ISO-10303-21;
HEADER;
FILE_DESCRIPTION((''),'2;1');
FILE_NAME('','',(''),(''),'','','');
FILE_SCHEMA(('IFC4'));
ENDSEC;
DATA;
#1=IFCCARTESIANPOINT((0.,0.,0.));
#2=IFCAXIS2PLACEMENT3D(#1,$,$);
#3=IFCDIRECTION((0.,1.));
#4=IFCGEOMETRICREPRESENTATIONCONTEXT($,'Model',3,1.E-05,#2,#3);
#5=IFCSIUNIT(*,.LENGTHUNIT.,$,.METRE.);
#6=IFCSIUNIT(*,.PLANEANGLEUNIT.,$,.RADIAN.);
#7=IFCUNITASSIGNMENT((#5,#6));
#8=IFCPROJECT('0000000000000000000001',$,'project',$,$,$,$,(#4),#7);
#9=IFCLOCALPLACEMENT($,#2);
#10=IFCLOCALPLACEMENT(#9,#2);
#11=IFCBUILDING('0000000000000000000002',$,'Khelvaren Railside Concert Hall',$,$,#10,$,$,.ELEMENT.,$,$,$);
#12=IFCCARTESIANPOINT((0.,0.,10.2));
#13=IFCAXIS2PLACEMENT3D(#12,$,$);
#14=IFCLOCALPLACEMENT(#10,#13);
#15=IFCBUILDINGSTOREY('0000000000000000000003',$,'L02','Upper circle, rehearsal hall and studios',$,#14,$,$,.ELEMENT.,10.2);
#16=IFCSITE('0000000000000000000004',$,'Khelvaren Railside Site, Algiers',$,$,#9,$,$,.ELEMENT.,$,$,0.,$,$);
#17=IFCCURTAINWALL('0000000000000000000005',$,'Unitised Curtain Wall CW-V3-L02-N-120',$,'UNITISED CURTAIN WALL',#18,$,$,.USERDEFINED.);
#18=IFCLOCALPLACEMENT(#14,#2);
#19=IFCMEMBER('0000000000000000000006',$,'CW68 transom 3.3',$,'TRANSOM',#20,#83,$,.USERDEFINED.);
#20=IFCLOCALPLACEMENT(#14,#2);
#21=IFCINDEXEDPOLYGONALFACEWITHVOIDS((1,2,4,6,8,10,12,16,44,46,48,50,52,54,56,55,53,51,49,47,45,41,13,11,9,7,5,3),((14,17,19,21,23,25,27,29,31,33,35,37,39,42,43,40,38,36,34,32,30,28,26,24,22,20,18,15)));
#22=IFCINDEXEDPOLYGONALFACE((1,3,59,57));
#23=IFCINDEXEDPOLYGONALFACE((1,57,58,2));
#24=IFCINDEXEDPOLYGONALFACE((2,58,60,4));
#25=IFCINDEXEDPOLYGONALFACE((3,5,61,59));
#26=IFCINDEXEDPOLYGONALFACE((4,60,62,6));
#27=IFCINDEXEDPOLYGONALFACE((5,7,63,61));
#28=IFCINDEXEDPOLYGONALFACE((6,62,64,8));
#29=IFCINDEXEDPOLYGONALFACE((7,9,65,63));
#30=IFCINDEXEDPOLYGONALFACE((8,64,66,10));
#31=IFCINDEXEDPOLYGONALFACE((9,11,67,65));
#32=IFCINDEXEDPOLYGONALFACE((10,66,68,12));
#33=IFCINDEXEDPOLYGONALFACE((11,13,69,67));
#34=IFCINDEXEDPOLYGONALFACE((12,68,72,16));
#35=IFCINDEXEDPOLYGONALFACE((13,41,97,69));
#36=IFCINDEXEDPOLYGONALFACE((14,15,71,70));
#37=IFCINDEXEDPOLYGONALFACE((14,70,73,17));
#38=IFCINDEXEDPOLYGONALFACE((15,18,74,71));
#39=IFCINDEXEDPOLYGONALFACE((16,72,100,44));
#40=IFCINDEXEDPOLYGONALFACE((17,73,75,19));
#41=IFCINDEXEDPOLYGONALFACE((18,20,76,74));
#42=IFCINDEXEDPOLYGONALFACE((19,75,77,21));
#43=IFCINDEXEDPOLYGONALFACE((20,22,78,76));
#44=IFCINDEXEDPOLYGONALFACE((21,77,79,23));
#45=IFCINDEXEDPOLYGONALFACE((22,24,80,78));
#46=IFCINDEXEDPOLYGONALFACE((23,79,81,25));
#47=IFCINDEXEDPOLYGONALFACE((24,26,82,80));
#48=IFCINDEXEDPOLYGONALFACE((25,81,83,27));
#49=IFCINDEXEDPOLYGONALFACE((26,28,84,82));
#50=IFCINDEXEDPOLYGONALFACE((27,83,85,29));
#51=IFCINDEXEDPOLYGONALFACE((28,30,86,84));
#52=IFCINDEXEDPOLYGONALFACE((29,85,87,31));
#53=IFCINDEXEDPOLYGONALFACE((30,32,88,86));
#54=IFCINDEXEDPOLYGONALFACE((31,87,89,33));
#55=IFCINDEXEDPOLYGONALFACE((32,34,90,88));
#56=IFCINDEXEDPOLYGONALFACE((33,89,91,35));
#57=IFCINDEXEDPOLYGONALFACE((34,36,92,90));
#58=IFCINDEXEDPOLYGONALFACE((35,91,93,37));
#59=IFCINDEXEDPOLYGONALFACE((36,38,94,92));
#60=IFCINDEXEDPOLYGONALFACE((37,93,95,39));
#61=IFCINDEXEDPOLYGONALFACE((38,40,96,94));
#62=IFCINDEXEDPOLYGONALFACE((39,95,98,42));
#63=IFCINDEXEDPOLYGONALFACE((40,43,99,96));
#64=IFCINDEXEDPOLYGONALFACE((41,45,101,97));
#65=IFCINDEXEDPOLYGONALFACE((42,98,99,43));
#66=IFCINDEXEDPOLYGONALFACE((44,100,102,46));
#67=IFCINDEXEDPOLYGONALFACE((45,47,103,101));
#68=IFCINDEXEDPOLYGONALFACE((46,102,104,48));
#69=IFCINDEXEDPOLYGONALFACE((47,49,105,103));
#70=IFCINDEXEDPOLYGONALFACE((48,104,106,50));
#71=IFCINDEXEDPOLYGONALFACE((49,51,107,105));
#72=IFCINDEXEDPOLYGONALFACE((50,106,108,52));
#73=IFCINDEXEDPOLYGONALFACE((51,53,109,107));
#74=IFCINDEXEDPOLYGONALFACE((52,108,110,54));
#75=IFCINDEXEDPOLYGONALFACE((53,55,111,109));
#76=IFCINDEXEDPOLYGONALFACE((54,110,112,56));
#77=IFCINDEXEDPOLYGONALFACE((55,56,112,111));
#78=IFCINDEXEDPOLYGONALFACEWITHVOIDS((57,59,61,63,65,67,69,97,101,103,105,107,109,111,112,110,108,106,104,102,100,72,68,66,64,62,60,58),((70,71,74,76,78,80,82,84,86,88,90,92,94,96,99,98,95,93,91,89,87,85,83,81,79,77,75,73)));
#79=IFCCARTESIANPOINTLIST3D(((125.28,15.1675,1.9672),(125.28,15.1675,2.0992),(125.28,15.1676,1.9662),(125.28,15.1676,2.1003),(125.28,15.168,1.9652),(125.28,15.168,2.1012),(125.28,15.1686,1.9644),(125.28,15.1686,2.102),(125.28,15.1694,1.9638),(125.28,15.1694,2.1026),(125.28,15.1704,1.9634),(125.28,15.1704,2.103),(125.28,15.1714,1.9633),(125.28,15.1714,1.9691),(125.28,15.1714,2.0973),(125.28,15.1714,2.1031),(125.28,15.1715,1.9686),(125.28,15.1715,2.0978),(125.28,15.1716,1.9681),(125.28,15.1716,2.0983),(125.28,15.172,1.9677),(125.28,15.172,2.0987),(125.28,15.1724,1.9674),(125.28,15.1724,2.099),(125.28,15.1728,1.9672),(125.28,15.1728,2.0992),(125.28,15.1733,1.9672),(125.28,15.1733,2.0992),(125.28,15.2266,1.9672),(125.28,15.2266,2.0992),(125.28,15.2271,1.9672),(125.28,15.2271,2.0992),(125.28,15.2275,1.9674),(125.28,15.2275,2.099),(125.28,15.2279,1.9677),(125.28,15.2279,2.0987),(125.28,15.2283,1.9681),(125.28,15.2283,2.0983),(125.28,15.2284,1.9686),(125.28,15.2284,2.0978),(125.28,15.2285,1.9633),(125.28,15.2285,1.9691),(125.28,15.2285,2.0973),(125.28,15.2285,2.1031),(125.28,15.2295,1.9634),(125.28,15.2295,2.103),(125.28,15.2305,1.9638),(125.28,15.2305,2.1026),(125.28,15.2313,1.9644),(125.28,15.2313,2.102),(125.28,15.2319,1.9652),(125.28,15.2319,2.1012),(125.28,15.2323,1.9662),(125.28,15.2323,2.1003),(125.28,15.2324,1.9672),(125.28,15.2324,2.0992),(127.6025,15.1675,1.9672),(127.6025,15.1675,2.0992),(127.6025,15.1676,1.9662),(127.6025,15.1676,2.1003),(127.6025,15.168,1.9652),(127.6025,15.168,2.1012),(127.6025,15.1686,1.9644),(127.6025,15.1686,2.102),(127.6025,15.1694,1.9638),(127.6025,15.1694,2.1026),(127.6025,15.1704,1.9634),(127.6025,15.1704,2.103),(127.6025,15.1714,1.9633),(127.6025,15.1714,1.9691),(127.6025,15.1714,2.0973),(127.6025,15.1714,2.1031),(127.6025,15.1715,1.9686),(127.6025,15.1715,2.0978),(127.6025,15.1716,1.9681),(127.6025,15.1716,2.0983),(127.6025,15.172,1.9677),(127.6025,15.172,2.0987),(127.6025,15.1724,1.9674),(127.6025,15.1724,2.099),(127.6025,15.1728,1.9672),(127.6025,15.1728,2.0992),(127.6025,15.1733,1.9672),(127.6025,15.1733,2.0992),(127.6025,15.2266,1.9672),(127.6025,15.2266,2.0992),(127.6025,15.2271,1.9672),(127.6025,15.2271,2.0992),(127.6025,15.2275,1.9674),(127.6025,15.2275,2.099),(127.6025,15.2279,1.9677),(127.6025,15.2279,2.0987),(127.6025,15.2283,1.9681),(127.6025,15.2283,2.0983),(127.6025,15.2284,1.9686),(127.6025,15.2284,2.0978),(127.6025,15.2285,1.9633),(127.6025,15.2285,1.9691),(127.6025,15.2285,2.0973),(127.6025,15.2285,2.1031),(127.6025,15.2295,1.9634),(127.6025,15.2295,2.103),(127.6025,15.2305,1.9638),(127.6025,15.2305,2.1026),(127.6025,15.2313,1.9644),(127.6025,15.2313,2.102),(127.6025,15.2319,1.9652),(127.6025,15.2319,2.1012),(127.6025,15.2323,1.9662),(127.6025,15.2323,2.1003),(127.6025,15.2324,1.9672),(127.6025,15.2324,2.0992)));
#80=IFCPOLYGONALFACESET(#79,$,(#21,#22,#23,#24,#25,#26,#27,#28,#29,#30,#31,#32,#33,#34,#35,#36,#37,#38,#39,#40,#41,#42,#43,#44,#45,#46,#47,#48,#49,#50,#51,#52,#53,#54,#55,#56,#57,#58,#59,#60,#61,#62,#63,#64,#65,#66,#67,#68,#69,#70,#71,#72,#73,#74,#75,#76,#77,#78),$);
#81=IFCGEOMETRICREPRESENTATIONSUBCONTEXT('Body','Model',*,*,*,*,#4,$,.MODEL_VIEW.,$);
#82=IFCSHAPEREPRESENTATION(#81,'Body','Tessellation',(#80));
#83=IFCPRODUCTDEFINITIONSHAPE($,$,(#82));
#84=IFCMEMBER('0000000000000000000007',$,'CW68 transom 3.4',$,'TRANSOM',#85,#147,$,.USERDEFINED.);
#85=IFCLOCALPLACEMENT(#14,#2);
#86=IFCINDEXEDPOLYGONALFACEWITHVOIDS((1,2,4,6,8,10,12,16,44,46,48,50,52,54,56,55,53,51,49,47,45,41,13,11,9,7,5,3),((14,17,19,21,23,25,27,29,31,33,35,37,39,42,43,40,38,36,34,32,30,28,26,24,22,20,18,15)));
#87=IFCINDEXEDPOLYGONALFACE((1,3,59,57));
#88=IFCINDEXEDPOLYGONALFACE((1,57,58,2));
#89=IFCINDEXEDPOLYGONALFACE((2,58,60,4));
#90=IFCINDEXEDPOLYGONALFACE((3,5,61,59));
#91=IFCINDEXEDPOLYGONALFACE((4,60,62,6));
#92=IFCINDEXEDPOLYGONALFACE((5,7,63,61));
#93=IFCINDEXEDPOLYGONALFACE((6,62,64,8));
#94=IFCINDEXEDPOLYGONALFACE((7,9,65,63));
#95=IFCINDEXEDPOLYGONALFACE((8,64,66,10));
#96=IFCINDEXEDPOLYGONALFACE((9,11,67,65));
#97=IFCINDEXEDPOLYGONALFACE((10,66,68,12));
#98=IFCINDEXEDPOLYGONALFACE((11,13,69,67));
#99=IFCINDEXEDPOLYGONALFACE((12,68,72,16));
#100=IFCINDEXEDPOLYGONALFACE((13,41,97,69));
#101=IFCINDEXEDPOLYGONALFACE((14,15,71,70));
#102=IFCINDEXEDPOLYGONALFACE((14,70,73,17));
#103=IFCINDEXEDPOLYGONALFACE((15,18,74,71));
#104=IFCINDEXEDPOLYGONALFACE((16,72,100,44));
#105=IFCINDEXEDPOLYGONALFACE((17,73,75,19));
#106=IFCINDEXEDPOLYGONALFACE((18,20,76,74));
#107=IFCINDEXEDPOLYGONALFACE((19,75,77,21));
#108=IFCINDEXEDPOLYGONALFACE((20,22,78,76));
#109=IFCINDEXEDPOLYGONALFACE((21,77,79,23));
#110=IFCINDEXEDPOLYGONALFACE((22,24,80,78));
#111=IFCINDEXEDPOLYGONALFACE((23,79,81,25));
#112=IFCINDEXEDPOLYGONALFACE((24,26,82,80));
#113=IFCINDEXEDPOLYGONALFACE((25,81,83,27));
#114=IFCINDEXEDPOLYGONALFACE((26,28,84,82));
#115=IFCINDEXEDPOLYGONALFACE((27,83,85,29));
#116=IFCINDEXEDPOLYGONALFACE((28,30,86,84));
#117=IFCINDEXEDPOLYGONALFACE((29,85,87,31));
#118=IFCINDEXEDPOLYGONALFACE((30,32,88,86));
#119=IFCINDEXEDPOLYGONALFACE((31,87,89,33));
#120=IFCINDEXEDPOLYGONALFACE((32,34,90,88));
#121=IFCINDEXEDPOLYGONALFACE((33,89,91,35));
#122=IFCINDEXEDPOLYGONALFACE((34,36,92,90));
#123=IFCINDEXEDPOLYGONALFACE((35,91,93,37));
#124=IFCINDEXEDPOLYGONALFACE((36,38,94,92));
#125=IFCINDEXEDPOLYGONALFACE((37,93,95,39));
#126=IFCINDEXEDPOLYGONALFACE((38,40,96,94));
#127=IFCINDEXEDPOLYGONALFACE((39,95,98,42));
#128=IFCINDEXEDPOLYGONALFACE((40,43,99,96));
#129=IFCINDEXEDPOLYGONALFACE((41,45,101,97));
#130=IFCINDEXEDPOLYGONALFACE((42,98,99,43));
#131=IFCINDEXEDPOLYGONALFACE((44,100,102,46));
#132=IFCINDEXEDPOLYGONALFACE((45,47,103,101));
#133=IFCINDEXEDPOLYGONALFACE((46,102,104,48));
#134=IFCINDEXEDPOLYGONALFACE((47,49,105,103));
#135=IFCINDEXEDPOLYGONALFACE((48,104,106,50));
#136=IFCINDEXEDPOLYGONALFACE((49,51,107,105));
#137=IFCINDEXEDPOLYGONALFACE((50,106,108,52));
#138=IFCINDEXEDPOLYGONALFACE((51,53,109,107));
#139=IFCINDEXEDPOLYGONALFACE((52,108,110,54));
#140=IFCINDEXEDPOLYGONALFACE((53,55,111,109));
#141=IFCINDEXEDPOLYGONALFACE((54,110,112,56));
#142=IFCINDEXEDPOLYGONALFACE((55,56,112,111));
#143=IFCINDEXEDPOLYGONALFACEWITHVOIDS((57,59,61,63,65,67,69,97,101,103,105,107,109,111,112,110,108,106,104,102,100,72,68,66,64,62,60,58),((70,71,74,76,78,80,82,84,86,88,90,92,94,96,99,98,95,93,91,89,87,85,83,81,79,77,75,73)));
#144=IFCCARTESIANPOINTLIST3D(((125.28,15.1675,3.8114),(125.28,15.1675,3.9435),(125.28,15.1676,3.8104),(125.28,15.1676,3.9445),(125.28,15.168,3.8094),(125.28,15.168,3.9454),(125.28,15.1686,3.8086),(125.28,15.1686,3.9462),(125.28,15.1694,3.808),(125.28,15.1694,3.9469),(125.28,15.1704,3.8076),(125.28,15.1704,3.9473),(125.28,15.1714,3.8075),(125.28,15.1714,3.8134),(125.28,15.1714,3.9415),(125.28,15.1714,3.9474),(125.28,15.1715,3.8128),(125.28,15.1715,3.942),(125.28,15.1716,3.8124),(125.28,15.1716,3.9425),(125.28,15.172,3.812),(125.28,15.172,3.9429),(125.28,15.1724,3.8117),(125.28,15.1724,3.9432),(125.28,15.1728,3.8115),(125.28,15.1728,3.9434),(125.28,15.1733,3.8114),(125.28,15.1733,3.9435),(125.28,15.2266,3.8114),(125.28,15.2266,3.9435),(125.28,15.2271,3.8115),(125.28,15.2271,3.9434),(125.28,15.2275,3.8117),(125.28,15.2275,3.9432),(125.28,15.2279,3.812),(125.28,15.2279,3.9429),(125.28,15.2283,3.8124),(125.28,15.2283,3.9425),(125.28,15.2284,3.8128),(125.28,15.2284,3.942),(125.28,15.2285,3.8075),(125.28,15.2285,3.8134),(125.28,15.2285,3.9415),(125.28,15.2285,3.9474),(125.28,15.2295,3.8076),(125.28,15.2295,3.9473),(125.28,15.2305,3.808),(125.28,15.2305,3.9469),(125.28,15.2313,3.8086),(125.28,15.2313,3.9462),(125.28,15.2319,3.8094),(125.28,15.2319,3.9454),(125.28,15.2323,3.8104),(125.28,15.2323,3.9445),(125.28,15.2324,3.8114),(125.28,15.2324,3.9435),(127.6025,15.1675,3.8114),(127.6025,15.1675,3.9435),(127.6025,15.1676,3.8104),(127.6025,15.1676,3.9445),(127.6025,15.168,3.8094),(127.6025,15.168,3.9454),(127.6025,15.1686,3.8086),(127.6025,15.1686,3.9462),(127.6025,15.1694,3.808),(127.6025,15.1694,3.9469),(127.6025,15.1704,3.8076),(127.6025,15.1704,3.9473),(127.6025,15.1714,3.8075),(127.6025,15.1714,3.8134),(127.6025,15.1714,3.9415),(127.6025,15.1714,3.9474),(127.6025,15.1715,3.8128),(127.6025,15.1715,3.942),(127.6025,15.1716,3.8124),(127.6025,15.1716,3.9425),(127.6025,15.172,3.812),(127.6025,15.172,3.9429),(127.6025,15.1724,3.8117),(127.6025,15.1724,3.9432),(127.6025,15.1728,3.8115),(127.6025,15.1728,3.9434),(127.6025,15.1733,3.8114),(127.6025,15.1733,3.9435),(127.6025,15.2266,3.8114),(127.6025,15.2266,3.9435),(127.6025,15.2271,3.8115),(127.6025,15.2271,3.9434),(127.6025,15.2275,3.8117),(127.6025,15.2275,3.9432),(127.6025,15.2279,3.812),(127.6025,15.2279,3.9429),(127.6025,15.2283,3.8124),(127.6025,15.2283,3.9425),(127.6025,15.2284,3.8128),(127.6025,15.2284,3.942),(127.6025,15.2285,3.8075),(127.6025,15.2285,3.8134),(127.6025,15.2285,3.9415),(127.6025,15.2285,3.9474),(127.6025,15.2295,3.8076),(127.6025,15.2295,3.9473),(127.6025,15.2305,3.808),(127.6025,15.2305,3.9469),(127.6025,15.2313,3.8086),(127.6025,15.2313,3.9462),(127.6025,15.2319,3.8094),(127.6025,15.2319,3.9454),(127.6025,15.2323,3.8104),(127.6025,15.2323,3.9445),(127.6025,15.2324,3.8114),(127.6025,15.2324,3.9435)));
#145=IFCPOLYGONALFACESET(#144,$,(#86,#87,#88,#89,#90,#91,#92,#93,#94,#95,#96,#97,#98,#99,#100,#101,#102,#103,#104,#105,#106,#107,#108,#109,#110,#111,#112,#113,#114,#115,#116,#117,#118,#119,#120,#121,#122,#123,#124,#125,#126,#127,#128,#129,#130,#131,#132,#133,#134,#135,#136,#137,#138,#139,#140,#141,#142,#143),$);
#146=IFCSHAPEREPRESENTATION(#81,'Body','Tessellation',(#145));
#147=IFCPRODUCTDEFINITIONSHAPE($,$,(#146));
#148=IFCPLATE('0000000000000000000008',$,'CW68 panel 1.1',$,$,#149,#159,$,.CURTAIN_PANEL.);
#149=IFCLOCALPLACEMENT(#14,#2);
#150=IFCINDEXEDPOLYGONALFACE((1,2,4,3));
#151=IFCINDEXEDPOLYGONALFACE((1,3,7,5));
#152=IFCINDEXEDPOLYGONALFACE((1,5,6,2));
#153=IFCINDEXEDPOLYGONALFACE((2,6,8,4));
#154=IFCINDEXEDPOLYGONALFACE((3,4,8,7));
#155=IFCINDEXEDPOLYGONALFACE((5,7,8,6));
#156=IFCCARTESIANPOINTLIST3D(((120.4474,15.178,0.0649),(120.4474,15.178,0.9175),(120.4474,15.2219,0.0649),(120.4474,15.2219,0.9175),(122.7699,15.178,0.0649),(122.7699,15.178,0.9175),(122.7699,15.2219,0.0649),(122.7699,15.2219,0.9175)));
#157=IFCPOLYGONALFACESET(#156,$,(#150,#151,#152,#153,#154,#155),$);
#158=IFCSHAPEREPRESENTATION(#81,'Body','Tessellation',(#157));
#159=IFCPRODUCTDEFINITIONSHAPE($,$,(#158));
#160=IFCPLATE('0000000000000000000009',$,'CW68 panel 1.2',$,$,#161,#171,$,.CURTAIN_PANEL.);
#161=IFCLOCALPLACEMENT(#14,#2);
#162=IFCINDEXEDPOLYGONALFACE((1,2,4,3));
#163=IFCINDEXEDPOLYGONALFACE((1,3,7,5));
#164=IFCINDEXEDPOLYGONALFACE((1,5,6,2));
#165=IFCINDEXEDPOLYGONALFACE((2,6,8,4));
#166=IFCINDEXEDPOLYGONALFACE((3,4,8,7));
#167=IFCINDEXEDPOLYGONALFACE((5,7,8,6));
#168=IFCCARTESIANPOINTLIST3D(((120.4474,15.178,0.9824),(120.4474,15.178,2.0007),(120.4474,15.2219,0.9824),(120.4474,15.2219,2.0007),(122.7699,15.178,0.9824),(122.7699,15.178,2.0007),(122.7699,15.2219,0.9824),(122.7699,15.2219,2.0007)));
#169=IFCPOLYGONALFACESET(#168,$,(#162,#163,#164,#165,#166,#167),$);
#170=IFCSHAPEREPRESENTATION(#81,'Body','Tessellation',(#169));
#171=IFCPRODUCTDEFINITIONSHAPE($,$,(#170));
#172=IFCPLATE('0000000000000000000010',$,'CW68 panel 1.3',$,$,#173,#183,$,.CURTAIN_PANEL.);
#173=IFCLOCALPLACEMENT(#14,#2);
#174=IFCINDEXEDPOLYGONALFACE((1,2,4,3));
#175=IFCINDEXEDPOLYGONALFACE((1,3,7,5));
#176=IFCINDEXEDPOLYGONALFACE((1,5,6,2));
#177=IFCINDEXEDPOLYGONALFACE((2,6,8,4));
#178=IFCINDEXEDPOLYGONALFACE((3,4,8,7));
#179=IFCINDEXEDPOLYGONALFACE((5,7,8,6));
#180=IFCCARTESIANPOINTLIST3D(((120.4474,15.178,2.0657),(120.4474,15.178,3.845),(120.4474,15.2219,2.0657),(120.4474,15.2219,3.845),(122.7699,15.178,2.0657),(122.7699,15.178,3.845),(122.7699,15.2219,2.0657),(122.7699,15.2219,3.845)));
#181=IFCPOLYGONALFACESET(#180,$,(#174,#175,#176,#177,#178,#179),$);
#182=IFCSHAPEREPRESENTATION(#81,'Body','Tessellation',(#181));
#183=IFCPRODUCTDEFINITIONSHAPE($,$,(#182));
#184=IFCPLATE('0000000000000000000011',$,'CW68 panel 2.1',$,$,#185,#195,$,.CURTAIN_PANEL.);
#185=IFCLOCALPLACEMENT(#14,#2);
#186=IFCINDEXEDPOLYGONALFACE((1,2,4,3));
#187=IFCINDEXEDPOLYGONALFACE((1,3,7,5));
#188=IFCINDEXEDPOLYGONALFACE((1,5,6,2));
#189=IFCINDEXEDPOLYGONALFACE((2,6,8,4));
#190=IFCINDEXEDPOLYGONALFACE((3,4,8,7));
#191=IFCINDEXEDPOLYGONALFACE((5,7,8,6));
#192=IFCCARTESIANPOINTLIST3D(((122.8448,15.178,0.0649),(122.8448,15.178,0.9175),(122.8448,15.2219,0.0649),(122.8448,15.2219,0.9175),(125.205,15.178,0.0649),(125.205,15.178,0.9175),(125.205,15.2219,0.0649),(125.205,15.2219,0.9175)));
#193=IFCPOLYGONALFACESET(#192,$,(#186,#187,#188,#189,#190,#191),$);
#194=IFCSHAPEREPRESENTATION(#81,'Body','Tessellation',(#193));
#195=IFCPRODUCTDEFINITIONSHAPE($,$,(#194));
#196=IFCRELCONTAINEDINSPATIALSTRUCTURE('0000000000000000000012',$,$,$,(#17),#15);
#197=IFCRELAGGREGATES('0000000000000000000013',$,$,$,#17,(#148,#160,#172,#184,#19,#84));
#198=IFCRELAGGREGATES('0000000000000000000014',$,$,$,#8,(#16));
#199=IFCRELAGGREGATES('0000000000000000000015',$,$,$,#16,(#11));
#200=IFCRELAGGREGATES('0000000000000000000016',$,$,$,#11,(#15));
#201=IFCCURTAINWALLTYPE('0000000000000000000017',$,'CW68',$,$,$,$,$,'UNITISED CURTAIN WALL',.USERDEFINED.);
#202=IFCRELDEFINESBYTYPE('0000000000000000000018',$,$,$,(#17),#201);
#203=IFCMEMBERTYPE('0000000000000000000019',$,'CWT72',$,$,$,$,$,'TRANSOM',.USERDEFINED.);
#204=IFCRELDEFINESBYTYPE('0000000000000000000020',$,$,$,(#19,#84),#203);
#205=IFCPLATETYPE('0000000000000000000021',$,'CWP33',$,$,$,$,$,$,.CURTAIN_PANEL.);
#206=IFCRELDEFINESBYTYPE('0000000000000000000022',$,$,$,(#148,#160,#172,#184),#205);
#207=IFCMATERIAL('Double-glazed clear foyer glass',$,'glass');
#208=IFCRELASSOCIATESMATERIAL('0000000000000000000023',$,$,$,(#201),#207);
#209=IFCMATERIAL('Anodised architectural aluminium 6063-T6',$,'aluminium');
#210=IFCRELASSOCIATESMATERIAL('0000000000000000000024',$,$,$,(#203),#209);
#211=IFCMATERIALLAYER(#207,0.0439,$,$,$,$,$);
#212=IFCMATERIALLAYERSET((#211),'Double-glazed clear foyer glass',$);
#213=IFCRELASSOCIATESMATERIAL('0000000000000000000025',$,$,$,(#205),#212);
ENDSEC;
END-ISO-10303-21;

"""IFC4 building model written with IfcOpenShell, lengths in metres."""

from ifc_helpers import new_model, si_unit, direction, frame, origin, origin_2d, place, context, subcontext, project, spatial, rectangle, hollow_rectangle, extrude, material, layer, layer_set, material_profile, profile_set, type_object, element, aggregate, save


model = new_model("IFC4")

# Units and contexts
model_context = context("Model", 3, precision=1e-05, world=origin(), true_north=direction((0.0, 1.0)))
body_context = subcontext(model_context, "Body", "Model", "MODEL_VIEW")
ifc_project = project(units=[si_unit("LENGTHUNIT", "METRE"), si_unit("PLANEANGLEUNIT", "RADIAN")], contexts=[model_context])

# Site, building, storey
site_placement = place(None, origin())
site = spatial("IfcSite", under=ifc_project, at=site_placement, Name="Khelvaren Railside Site, Algiers", CompositionType="ELEMENT", RefElevation=0.0)
building_placement = place(site_placement, origin())
building = spatial("IfcBuilding", under=site, at=building_placement, Name="Khelvaren Railside Concert Hall", CompositionType="ELEMENT")
storey_placement = place(building_placement, frame((0.0, 0.0, 10.2)))
storey = spatial("IfcBuildingStorey", under=building, at=storey_placement, Name="L02", Description="Upper circle, rehearsal hall and studios", CompositionType="ELEMENT", Elevation=10.2)

# Curtain wall, members, plates
ifc_material_1 = material(Name="Double-glazed clear foyer glass", Category="glass")
curtain_wall_type = type_object("IfcCurtainWallType", Name="CW68", ElementType="UNITISED CURTAIN WALL", PredefinedType="USERDEFINED", material=ifc_material_1)
curtain_wall_placement = place(storey_placement, origin())
curtain_wall = element("IfcCurtainWall", 1, at=curtain_wall_placement, inside=storey, type_object=curtain_wall_type, Name="Unitised Curtain Wall CW-V3-L02-N-120", ObjectType="UNITISED CURTAIN WALL", PredefinedType="USERDEFINED")
ifc_material_2 = material(Name="Anodised architectural aluminium 6063-T6", Category="aluminium")
ifc_material_profile_1 = material_profile(ifc_material_2, hollow_rectangle(XDim=0.0649, YDim=0.1399, WallThickness=0.0039, InnerFilletRadius=0.002, OuterFilletRadius=0.0039, at=origin_2d()), Name="CWT 65x140x4")
ifc_profile_set_1 = profile_set([ifc_material_profile_1], Name="Anodised architectural aluminium 6063-T6")
member_type_1 = type_object("IfcMemberType", Name="CWT72", ElementType="TRANSOM", PredefinedType="USERDEFINED", material=ifc_profile_set_1)
member_1_placement = place(storey_placement, frame((125.28, 15.2, 2.0332), z_axis=(1.0, 0.0, 0.0), x_axis=(0.0, 1.0, 0.0)))
member_1 = element("IfcMember", 2, at=member_1_placement, type_object=member_type_1, Name="CW68 transom 3.3", ObjectType="TRANSOM", PredefinedType="USERDEFINED", context=body_context, shape_type="SweptSolid", body=[
    extrude(hollow_rectangle(XDim=0.0649, YDim=0.1399, WallThickness=0.0039, InnerFilletRadius=0.002, OuterFilletRadius=0.0039, at=origin_2d()), origin(), (0.0, 0.0, 1.0), 2.3225),
])
member_2_placement = place(storey_placement, frame((125.28, 15.2, 3.8774), z_axis=(1.0, 0.0, 0.0), x_axis=(0.0, 1.0, 0.0)))
member_2 = element("IfcMember", 3, at=member_2_placement, type_object=member_type_1, Name="CW68 transom 3.4", ObjectType="TRANSOM", PredefinedType="USERDEFINED", context=body_context, shape_type="SweptSolid", body=[
    extrude(hollow_rectangle(XDim=0.0649, YDim=0.1399, WallThickness=0.0039, InnerFilletRadius=0.002, OuterFilletRadius=0.0039, at=origin_2d()), origin(), (0.0, 0.0, 1.0), 2.3225),
])
ifc_layer = layer(ifc_material_1, 0.0439)
ifc_layer_set = layer_set([ifc_layer], Name="Double-glazed clear foyer glass")
plate_type = type_object("IfcPlateType", Name="CWP33", PredefinedType="CURTAIN_PANEL", material=ifc_layer_set)
plate_1_placement = place(storey_placement, frame((121.6086, 15.2, 0.0649), z_axis=(0.0, 0.0, 1.0), x_axis=(1.0, 0.0, 0.0)))
plate_1 = element("IfcPlate", 4, at=plate_1_placement, type_object=plate_type, Name="CW68 panel 1.1", PredefinedType="CURTAIN_PANEL", context=body_context, shape_type="SweptSolid", body=[
    extrude(rectangle(XDim=2.3225, YDim=0.0439, at=origin_2d()), origin(), (0.0, 0.0, 1.0), 0.8525),
])
plate_2_placement = place(storey_placement, frame((121.6086, 15.2, 0.9824), z_axis=(0.0, 0.0, 1.0), x_axis=(1.0, 0.0, 0.0)))
plate_2 = element("IfcPlate", 5, at=plate_2_placement, type_object=plate_type, Name="CW68 panel 1.2", PredefinedType="CURTAIN_PANEL", context=body_context, shape_type="SweptSolid", body=[
    extrude(rectangle(XDim=2.3225, YDim=0.0439, at=origin_2d()), origin(), (0.0, 0.0, 1.0), 1.0183),
])
plate_3_placement = place(storey_placement, frame((121.6086, 15.2, 2.0657), z_axis=(0.0, 0.0, 1.0), x_axis=(1.0, 0.0, 0.0)))
plate_3 = element("IfcPlate", 6, at=plate_3_placement, type_object=plate_type, Name="CW68 panel 1.3", PredefinedType="CURTAIN_PANEL", context=body_context, shape_type="SweptSolid", body=[
    extrude(rectangle(XDim=2.3225, YDim=0.0439, at=origin_2d()), origin(), (0.0, 0.0, 1.0), 1.7793),
])
plate_4_placement = place(storey_placement, frame((124.0249, 15.2, 0.0649), z_axis=(0.0, 0.0, 1.0), x_axis=(1.0, 0.0, 0.0)))
plate_4 = element("IfcPlate", 7, at=plate_4_placement, type_object=plate_type, Name="CW68 panel 2.1", PredefinedType="CURTAIN_PANEL", context=body_context, shape_type="SweptSolid", body=[
    extrude(rectangle(XDim=2.3601, YDim=0.0439, at=origin_2d()), origin(), (0.0, 0.0, 1.0), 0.8525),
])
aggregate(curtain_wall, [plate_1, plate_2, plate_3, plate_4, member_1, member_2])

save(model, "model.ifc")
